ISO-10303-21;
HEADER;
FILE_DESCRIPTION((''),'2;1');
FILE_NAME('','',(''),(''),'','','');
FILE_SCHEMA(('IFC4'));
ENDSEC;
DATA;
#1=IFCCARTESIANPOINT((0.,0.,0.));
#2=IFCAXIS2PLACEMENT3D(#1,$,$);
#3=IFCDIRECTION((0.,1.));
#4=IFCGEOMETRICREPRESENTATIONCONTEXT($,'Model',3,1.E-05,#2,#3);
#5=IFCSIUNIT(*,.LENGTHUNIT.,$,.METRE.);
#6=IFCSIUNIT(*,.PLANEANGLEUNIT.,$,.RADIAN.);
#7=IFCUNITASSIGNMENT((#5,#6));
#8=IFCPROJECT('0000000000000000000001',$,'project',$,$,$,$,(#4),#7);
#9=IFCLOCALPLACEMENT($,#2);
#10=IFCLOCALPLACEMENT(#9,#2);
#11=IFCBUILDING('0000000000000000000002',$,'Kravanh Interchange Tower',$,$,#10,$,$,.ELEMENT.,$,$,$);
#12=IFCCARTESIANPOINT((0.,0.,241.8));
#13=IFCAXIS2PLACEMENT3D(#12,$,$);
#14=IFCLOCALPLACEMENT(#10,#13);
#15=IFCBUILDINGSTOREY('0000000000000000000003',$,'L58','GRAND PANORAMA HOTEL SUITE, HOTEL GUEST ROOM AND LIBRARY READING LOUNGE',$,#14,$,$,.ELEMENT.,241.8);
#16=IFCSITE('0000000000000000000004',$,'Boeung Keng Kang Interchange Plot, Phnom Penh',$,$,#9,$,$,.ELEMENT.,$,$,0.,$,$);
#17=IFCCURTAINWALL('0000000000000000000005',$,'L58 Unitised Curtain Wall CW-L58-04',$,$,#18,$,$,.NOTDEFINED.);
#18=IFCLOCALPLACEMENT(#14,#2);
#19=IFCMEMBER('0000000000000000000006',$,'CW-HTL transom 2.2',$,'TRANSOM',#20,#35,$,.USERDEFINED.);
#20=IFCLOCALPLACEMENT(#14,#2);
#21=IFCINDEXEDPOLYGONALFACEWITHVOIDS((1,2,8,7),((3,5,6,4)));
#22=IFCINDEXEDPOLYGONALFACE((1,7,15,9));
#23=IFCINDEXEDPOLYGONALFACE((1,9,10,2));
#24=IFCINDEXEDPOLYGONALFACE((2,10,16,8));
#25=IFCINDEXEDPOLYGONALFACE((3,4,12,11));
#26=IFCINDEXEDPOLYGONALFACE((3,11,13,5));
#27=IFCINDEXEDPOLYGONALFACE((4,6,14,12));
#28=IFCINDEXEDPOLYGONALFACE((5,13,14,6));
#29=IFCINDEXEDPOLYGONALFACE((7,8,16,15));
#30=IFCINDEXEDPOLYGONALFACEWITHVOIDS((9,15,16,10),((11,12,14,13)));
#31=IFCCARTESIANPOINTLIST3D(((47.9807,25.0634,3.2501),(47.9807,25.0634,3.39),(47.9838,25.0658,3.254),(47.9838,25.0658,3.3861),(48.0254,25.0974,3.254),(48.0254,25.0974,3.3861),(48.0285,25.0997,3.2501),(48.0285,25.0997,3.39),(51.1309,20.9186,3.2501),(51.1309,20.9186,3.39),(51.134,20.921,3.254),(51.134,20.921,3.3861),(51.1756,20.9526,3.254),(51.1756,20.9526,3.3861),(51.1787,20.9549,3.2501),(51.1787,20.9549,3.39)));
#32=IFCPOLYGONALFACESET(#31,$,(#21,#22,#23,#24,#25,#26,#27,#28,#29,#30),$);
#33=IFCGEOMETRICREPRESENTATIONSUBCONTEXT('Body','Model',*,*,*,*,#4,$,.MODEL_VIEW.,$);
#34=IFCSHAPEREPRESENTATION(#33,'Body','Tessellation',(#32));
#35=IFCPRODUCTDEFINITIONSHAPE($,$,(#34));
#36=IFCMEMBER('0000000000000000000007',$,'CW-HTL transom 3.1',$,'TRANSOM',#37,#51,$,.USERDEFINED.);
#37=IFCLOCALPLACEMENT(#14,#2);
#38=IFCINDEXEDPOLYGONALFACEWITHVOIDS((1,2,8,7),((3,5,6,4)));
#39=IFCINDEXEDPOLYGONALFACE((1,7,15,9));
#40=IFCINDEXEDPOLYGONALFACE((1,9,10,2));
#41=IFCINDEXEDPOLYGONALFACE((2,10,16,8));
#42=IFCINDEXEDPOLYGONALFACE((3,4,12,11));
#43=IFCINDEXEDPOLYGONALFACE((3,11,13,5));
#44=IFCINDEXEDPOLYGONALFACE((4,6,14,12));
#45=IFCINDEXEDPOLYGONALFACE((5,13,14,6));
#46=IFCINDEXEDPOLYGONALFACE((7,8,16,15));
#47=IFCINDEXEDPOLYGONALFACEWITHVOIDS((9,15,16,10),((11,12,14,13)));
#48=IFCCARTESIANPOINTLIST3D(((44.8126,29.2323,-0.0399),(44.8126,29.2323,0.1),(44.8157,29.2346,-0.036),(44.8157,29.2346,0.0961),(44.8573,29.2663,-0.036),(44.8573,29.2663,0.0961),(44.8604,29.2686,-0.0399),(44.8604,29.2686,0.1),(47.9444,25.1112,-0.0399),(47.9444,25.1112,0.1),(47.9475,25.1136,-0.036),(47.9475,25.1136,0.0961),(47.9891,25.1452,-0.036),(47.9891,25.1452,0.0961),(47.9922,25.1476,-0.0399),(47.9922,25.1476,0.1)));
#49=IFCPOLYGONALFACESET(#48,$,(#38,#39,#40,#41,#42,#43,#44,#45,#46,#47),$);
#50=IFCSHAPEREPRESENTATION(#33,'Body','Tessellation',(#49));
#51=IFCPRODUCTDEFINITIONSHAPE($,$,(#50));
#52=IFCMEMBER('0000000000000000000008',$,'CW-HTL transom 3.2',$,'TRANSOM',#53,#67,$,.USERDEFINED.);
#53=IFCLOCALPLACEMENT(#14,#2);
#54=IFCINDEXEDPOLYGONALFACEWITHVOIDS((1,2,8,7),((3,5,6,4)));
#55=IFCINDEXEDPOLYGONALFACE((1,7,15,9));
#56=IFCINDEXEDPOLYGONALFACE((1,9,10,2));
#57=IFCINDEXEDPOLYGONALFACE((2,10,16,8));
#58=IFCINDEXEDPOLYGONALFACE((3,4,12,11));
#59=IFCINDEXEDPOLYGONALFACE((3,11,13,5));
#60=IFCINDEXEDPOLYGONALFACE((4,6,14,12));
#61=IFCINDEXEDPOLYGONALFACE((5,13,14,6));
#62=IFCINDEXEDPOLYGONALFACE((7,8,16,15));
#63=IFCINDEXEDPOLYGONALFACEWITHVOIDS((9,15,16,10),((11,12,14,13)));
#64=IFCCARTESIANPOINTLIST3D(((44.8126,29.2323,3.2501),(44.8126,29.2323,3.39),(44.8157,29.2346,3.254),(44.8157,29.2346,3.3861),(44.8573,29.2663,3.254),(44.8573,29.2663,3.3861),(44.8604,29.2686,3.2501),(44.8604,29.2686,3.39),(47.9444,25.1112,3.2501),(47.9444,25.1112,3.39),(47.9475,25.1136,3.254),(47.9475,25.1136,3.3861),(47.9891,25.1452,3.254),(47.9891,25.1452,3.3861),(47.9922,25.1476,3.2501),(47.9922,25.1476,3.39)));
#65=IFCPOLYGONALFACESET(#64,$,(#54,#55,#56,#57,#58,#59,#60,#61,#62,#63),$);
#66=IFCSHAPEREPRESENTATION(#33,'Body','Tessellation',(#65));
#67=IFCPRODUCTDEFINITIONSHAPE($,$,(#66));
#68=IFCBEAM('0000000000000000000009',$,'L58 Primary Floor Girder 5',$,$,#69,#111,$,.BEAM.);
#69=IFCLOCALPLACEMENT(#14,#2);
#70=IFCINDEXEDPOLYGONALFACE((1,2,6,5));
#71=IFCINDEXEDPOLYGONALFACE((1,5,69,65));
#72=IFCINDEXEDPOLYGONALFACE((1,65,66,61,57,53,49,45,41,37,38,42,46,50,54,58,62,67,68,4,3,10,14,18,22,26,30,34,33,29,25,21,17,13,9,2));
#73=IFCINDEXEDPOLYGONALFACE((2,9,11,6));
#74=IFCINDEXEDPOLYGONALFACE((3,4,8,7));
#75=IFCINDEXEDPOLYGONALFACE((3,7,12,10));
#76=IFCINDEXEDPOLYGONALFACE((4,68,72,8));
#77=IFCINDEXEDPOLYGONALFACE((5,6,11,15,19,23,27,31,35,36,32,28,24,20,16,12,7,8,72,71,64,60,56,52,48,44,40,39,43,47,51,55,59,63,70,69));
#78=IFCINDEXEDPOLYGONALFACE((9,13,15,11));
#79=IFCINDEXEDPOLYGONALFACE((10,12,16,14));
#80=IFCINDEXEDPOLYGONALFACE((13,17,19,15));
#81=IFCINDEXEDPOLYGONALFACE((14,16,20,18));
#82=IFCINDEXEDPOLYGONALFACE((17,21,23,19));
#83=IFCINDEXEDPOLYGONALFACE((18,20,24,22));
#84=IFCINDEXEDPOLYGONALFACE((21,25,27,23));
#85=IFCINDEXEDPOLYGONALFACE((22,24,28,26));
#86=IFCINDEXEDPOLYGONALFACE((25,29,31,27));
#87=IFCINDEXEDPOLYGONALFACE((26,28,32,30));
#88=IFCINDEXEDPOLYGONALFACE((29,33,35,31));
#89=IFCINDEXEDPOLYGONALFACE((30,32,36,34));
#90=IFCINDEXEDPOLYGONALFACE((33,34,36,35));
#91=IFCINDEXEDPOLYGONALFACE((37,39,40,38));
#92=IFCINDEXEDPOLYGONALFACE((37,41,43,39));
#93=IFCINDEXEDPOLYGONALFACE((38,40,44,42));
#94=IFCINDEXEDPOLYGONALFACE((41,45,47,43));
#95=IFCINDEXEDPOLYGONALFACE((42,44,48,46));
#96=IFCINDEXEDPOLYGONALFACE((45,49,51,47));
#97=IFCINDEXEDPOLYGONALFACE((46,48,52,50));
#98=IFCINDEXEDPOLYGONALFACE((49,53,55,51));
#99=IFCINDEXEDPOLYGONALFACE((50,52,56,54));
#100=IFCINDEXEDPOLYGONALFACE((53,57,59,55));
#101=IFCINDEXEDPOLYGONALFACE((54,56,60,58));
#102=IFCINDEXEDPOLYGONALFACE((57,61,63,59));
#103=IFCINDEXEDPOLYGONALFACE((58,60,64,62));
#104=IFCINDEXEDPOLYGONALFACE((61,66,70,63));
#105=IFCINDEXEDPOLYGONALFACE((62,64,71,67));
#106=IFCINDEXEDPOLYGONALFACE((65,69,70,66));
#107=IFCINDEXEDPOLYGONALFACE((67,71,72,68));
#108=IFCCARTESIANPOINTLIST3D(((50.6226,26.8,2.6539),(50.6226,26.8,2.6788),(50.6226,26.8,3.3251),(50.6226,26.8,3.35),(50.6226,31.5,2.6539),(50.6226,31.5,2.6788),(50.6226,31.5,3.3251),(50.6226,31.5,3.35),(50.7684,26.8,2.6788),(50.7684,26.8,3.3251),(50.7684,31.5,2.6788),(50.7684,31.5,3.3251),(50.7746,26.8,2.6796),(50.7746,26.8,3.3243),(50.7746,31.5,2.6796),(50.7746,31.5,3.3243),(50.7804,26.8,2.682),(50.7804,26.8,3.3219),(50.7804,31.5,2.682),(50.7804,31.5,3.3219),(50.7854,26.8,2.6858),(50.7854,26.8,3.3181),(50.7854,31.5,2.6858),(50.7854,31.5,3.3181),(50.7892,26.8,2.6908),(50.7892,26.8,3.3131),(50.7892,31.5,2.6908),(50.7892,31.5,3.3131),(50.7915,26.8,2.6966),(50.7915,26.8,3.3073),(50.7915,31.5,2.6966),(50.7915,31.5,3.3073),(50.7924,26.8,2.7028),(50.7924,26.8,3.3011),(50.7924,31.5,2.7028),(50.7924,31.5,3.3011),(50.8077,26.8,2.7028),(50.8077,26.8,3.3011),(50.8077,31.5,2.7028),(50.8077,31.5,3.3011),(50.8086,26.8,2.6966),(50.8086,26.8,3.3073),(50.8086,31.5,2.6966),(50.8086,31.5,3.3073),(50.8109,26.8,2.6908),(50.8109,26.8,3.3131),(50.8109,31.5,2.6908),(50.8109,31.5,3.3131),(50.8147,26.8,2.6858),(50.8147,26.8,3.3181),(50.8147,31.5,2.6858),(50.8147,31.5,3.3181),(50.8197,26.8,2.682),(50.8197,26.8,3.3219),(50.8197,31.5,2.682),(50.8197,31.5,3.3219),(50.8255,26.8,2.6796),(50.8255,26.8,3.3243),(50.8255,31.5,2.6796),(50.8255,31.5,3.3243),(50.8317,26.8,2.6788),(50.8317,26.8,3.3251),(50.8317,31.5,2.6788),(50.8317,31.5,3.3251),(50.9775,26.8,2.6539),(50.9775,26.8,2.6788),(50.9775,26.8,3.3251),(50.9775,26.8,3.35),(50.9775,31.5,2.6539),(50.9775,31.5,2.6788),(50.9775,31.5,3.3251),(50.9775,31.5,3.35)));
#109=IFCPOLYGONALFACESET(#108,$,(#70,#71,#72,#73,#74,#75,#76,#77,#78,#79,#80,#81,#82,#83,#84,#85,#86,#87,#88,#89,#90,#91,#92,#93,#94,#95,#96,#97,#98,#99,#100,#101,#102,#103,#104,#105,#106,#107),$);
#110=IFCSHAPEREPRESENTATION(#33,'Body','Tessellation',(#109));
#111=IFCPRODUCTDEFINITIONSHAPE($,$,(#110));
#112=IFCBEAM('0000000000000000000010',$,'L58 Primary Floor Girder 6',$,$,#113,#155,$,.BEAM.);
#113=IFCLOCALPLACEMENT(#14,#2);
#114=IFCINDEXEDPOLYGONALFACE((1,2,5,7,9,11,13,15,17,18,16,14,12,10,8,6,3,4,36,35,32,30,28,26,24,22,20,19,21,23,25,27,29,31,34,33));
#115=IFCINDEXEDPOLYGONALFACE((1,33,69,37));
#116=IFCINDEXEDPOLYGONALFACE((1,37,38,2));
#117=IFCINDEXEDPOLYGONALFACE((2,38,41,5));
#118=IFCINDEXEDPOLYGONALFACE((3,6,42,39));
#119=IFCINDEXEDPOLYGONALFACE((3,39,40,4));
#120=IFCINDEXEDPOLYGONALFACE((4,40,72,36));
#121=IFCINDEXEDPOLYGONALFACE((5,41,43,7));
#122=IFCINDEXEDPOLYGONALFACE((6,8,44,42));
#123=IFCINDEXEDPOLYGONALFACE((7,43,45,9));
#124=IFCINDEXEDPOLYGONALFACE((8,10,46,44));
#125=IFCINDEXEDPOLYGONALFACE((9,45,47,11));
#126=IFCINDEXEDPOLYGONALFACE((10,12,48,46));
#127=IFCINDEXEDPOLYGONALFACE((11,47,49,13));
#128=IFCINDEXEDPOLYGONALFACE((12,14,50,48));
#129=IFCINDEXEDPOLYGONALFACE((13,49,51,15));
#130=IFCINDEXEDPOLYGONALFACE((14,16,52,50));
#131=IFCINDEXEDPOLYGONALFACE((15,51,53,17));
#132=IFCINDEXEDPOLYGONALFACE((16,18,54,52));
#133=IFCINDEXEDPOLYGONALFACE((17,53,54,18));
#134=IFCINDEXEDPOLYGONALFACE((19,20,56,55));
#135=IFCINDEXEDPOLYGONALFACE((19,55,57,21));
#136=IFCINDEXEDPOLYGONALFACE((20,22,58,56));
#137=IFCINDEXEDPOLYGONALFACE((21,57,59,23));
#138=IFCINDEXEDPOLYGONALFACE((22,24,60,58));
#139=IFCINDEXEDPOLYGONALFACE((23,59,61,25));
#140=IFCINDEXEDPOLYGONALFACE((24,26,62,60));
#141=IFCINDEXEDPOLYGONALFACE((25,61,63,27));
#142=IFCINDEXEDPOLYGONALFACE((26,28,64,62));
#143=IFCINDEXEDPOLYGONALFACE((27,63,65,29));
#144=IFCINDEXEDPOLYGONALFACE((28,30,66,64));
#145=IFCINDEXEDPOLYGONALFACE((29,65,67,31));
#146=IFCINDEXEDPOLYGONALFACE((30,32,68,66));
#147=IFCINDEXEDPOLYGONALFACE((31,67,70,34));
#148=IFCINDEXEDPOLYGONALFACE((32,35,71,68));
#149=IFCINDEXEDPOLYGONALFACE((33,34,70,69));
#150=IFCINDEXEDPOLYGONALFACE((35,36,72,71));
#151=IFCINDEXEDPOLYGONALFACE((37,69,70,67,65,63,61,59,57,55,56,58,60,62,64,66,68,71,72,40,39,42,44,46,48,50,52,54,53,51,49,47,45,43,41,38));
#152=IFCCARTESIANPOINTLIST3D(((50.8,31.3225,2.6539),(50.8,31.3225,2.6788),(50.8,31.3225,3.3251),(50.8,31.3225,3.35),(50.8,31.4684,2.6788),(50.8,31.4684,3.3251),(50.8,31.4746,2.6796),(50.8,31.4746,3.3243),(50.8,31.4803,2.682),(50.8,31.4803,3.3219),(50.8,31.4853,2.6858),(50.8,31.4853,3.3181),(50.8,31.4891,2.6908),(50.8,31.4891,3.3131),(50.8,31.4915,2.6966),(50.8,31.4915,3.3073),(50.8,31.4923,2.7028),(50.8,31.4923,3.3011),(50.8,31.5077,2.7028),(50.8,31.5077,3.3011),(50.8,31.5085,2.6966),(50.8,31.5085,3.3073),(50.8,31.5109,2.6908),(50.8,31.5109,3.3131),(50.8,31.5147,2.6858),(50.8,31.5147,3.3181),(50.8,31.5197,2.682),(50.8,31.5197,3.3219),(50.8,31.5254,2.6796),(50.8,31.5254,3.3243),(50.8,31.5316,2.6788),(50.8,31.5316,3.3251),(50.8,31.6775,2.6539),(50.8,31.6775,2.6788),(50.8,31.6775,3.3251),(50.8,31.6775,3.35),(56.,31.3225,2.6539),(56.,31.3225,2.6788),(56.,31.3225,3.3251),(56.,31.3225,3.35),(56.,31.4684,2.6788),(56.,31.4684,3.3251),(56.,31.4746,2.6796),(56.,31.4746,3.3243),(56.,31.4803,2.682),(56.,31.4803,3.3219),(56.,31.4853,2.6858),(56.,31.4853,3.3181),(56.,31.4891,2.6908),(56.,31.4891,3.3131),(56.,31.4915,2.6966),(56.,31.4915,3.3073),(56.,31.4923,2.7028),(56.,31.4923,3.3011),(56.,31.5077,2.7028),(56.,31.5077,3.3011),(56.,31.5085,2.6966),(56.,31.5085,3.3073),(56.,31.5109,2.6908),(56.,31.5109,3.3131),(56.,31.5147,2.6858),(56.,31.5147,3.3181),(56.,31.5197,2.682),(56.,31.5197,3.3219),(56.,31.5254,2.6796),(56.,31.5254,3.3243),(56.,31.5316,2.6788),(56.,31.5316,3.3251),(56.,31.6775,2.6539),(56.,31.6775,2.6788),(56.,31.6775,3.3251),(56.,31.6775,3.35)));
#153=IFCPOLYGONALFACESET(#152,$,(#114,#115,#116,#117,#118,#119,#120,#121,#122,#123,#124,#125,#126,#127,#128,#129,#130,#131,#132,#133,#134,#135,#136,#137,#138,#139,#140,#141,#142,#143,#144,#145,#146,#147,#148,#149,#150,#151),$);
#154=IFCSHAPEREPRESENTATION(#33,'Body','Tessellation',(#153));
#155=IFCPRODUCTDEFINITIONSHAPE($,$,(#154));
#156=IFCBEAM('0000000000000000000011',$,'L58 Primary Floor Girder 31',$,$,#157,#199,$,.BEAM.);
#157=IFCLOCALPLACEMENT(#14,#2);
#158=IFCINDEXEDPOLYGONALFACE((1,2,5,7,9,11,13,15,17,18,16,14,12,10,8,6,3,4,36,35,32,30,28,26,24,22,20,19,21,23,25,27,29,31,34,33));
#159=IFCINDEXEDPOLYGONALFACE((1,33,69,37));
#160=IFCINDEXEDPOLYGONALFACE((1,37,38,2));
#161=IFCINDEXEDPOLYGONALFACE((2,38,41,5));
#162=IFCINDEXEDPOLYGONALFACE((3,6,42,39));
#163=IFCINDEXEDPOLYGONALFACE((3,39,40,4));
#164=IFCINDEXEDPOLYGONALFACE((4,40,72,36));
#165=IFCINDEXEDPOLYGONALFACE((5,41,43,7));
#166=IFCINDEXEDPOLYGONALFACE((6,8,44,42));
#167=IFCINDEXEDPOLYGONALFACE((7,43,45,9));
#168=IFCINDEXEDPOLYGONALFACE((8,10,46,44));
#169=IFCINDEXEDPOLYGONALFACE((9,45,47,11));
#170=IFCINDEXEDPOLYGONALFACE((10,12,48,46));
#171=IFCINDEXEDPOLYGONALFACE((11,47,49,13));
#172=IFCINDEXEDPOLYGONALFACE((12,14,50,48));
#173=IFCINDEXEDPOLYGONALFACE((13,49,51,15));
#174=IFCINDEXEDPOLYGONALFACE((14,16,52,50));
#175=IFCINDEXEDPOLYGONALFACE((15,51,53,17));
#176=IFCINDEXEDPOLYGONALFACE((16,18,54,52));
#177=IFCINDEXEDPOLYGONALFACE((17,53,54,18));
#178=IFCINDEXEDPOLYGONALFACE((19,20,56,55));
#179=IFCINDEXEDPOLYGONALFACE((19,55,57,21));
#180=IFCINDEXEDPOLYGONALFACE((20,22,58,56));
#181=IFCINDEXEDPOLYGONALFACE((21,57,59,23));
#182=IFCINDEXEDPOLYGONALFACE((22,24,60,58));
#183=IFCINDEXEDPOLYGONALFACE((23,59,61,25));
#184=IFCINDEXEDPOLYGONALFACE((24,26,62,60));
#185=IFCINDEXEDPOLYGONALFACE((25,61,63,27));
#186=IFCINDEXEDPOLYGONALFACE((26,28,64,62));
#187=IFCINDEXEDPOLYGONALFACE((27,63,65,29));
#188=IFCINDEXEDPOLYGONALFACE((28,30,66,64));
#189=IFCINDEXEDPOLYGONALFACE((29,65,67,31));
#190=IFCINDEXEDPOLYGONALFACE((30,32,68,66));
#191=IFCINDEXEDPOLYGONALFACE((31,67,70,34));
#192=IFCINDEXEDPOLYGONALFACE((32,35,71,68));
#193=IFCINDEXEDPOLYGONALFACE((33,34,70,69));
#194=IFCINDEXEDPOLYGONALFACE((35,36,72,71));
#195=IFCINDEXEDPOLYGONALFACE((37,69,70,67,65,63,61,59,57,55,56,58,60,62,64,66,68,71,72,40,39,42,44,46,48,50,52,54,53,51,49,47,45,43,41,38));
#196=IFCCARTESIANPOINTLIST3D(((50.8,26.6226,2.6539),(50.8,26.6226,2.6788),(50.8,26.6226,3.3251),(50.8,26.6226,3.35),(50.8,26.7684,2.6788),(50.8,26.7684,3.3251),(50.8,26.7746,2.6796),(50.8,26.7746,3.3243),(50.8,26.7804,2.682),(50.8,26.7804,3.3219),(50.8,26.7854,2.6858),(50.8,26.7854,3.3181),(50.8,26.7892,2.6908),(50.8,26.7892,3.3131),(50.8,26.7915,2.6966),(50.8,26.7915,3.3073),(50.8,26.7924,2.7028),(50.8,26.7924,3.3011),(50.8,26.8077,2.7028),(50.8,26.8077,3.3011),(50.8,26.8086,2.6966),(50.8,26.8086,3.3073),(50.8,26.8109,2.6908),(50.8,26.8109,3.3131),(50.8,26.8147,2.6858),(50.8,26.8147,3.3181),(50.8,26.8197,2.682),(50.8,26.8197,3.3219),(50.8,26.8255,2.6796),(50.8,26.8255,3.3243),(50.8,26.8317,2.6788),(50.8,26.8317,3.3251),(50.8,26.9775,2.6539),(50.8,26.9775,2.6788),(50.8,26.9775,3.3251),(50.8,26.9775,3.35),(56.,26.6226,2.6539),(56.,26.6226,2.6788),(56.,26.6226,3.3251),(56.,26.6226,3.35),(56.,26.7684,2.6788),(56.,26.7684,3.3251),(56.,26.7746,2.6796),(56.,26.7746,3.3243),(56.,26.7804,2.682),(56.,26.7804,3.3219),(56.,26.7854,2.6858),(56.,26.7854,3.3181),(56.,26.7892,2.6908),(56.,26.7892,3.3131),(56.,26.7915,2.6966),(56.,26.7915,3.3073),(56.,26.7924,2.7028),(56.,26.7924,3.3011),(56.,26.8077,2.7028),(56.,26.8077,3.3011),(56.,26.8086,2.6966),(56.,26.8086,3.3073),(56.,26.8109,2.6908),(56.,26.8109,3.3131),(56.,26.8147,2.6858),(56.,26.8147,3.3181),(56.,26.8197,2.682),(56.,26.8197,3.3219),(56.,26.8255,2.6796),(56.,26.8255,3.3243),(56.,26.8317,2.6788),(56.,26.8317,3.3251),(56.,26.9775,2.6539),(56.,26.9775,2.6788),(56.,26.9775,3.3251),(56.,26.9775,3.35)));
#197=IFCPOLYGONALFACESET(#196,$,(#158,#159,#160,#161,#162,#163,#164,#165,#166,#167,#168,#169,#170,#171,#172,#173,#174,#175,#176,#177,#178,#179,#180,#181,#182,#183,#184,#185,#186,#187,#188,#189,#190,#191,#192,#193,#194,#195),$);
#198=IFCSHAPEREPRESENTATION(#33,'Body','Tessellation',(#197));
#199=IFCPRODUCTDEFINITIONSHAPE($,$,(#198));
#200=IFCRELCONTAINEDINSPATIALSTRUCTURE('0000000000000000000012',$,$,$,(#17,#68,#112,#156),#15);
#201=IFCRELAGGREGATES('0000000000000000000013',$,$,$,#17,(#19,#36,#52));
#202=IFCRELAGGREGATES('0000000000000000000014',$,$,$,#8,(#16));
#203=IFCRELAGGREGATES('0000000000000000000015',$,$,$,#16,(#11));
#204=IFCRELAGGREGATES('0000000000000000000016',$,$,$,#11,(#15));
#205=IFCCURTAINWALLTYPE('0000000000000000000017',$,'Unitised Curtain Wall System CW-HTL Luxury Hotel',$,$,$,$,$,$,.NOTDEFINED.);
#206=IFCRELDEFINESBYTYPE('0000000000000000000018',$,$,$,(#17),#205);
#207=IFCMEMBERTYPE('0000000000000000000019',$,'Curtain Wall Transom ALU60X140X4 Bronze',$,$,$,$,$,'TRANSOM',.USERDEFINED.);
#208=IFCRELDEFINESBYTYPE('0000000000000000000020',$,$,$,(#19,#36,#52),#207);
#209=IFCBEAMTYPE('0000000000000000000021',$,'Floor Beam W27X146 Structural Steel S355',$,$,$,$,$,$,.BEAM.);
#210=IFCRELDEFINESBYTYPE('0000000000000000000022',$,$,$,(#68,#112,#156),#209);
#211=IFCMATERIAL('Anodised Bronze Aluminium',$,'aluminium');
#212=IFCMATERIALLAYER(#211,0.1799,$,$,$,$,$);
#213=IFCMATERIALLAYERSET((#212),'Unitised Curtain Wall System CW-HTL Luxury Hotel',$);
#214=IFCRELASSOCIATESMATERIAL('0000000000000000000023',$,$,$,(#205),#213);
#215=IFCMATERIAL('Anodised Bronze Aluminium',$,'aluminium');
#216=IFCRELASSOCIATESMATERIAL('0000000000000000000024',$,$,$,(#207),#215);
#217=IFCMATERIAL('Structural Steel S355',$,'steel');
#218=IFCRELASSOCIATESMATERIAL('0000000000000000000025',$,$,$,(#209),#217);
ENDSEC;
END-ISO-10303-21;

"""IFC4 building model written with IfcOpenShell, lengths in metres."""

from ifc_helpers import new_model, si_unit, direction, frame, origin, origin_2d, place, context, subcontext, project, spatial, hollow_rectangle, i_section, extrude, material, layer, layer_set, material_profile, profile_set, type_object, element, aggregate, save


model = new_model("IFC4")

# Units and contexts
model_context = context("Model", 3, precision=1e-05, world=origin(), true_north=direction((0.0, 1.0)))
body_context = subcontext(model_context, "Body", "Model", "MODEL_VIEW")
ifc_project = project(units=[si_unit("LENGTHUNIT", "METRE"), si_unit("PLANEANGLEUNIT", "RADIAN")], contexts=[model_context])

# Site, building, storey
site_placement = place(None, origin())
site = spatial("IfcSite", under=ifc_project, at=site_placement, Name="Boeung Keng Kang Interchange Plot, Phnom Penh", CompositionType="ELEMENT", RefElevation=0.0)
building_placement = place(site_placement, origin())
building = spatial("IfcBuilding", under=site, at=building_placement, Name="Kravanh Interchange Tower", CompositionType="ELEMENT")
storey_placement = place(building_placement, frame((0.0, 0.0, 241.8)))
storey = spatial("IfcBuildingStorey", under=building, at=storey_placement, Name="L58", Description="GRAND PANORAMA HOTEL SUITE, HOTEL GUEST ROOM AND LIBRARY READING LOUNGE", CompositionType="ELEMENT", Elevation=241.8)

# Shared definitions
ifc_material_1 = material(Name="Anodised Bronze Aluminium", Category="aluminium")
ifc_layer_1 = layer(ifc_material_1, 0.1799)
ifc_layer_set_1 = layer_set([ifc_layer_1], Name="Unitised Curtain Wall System CW-HTL Luxury Hotel")
curtain_wall_type = type_object("IfcCurtainWallType", Name="Unitised Curtain Wall System CW-HTL Luxury Hotel", PredefinedType="NOTDEFINED", material=ifc_layer_set_1)

# Curtain wall, members
curtain_wall_1_placement = place(storey_placement, origin())
curtain_wall_1 = element("IfcCurtainWall", 1, at=curtain_wall_1_placement, inside=storey, type_object=curtain_wall_type, Name="L58 Unitised Curtain Wall CW-L58-04", PredefinedType="NOTDEFINED")
ifc_material_2 = material(Name="Anodised Bronze Aluminium", Category="aluminium")
ifc_material_profile_1 = material_profile(ifc_material_2, hollow_rectangle(XDim=0.0601, YDim=0.1399, WallThickness=0.0039, at=origin_2d()), Name="ALU60X140X4")
ifc_profile_set_1 = profile_set([ifc_material_profile_1], Name="Anodised Bronze Aluminium")
member_type_1 = type_object("IfcMemberType", Name="Curtain Wall Transom ALU60X140X4 Bronze", ElementType="TRANSOM", PredefinedType="USERDEFINED", material=ifc_profile_set_1)
member_1_placement = place(storey_placement, frame((51.1548, 20.9368, 3.3201), z_axis=(-0.605098, 0.796151, 0.0), x_axis=(-0.796151, -0.605098, 0.0)))
member_1 = element("IfcMember", 2, at=member_1_placement, type_object=member_type_1, Name="CW-HTL transom 2.2", ObjectType="TRANSOM", PredefinedType="USERDEFINED", context=body_context, shape_type="SweptSolid", body=[
    extrude(hollow_rectangle(XDim=0.0601, YDim=0.1399, WallThickness=0.0039, at=origin_2d()), origin(), (0.0, 0.0, 1.0), 5.2061),
])
member_2_placement = place(storey_placement, frame((47.9683, 25.1294, 0.03), z_axis=(-0.605059, 0.79618, 0.0), x_axis=(-0.79618, -0.605059, 0.0)))
member_2 = element("IfcMember", 3, at=member_2_placement, type_object=member_type_1, Name="CW-HTL transom 3.1", ObjectType="TRANSOM", PredefinedType="USERDEFINED", context=body_context, shape_type="SweptSolid", body=[
    extrude(hollow_rectangle(XDim=0.0601, YDim=0.1399, WallThickness=0.0039, at=origin_2d()), origin(), (0.0, 0.0, 1.0), 5.176),
])
member_3_placement = place(storey_placement, frame((47.9683, 25.1294, 3.3201), z_axis=(-0.605059, 0.79618, 0.0), x_axis=(-0.79618, -0.605059, 0.0)))
member_3 = element("IfcMember", 4, at=member_3_placement, type_object=member_type_1, Name="CW-HTL transom 3.2", ObjectType="TRANSOM", PredefinedType="USERDEFINED", context=body_context, shape_type="SweptSolid", body=[
    extrude(hollow_rectangle(XDim=0.0601, YDim=0.1399, WallThickness=0.0039, at=origin_2d()), origin(), (0.0, 0.0, 1.0), 5.176),
])

# Beams
ifc_material_3 = material(Name="Structural Steel S355", Category="steel")
ifc_material_profile_2 = material_profile(ifc_material_3, i_section(OverallWidth=0.355, OverallDepth=0.696, WebThickness=0.0154, FlangeThickness=0.0249, FilletRadius=0.0239, at=origin_2d()), Name="W27X146")
ifc_profile_set_2 = profile_set([ifc_material_profile_2], Name="Structural Steel S355")
beam_type_1 = type_object("IfcBeamType", Name="Floor Beam W27X146 Structural Steel S355", PredefinedType="BEAM", material=ifc_profile_set_2)
beam_1_placement = place(storey_placement, frame((50.8, 31.5, 3.002), z_axis=(0.0, -1.0, 0.0), x_axis=(1.0, 0.0, 0.0)))
element("IfcBeam", 5, at=beam_1_placement, inside=storey, type_object=beam_type_1, Name="L58 Primary Floor Girder 5", PredefinedType="BEAM", context=body_context, shape_type="SweptSolid", body=[
    extrude(i_section(OverallWidth=0.355, OverallDepth=0.696, WebThickness=0.0154, FlangeThickness=0.0249, FilletRadius=0.0239, at=origin_2d()), origin(), (0.0, 0.0, 1.0), 4.7),
])
for number, where, z_axis, x_axis, name in (
    (6, (50.8, 31.5, 3.002), (1.0, 0.0, 0.0), (0.0, 1.0, 0.0), "L58 Primary Floor Girder 6"),
    (7, (50.8, 26.8, 3.002), (1.0, 0.0, 0.0), (0.0, 1.0, 0.0), "L58 Primary Floor Girder 31"),
):
    element("IfcBeam", number, at=place(storey_placement, frame(where, z_axis=z_axis, x_axis=x_axis)), inside=storey, type_object=beam_type_1, Name=name, PredefinedType="BEAM", context=body_context, shape_type="SweptSolid", body=[
        extrude(i_section(OverallWidth=0.355, OverallDepth=0.696, WebThickness=0.0154, FlangeThickness=0.0249, FilletRadius=0.0239, at=origin_2d()), origin(), (0.0, 0.0, 1.0), 5.2),
    ])

aggregate(curtain_wall_1, [member_1, member_2, member_3])

save(model, "model.ifc")
